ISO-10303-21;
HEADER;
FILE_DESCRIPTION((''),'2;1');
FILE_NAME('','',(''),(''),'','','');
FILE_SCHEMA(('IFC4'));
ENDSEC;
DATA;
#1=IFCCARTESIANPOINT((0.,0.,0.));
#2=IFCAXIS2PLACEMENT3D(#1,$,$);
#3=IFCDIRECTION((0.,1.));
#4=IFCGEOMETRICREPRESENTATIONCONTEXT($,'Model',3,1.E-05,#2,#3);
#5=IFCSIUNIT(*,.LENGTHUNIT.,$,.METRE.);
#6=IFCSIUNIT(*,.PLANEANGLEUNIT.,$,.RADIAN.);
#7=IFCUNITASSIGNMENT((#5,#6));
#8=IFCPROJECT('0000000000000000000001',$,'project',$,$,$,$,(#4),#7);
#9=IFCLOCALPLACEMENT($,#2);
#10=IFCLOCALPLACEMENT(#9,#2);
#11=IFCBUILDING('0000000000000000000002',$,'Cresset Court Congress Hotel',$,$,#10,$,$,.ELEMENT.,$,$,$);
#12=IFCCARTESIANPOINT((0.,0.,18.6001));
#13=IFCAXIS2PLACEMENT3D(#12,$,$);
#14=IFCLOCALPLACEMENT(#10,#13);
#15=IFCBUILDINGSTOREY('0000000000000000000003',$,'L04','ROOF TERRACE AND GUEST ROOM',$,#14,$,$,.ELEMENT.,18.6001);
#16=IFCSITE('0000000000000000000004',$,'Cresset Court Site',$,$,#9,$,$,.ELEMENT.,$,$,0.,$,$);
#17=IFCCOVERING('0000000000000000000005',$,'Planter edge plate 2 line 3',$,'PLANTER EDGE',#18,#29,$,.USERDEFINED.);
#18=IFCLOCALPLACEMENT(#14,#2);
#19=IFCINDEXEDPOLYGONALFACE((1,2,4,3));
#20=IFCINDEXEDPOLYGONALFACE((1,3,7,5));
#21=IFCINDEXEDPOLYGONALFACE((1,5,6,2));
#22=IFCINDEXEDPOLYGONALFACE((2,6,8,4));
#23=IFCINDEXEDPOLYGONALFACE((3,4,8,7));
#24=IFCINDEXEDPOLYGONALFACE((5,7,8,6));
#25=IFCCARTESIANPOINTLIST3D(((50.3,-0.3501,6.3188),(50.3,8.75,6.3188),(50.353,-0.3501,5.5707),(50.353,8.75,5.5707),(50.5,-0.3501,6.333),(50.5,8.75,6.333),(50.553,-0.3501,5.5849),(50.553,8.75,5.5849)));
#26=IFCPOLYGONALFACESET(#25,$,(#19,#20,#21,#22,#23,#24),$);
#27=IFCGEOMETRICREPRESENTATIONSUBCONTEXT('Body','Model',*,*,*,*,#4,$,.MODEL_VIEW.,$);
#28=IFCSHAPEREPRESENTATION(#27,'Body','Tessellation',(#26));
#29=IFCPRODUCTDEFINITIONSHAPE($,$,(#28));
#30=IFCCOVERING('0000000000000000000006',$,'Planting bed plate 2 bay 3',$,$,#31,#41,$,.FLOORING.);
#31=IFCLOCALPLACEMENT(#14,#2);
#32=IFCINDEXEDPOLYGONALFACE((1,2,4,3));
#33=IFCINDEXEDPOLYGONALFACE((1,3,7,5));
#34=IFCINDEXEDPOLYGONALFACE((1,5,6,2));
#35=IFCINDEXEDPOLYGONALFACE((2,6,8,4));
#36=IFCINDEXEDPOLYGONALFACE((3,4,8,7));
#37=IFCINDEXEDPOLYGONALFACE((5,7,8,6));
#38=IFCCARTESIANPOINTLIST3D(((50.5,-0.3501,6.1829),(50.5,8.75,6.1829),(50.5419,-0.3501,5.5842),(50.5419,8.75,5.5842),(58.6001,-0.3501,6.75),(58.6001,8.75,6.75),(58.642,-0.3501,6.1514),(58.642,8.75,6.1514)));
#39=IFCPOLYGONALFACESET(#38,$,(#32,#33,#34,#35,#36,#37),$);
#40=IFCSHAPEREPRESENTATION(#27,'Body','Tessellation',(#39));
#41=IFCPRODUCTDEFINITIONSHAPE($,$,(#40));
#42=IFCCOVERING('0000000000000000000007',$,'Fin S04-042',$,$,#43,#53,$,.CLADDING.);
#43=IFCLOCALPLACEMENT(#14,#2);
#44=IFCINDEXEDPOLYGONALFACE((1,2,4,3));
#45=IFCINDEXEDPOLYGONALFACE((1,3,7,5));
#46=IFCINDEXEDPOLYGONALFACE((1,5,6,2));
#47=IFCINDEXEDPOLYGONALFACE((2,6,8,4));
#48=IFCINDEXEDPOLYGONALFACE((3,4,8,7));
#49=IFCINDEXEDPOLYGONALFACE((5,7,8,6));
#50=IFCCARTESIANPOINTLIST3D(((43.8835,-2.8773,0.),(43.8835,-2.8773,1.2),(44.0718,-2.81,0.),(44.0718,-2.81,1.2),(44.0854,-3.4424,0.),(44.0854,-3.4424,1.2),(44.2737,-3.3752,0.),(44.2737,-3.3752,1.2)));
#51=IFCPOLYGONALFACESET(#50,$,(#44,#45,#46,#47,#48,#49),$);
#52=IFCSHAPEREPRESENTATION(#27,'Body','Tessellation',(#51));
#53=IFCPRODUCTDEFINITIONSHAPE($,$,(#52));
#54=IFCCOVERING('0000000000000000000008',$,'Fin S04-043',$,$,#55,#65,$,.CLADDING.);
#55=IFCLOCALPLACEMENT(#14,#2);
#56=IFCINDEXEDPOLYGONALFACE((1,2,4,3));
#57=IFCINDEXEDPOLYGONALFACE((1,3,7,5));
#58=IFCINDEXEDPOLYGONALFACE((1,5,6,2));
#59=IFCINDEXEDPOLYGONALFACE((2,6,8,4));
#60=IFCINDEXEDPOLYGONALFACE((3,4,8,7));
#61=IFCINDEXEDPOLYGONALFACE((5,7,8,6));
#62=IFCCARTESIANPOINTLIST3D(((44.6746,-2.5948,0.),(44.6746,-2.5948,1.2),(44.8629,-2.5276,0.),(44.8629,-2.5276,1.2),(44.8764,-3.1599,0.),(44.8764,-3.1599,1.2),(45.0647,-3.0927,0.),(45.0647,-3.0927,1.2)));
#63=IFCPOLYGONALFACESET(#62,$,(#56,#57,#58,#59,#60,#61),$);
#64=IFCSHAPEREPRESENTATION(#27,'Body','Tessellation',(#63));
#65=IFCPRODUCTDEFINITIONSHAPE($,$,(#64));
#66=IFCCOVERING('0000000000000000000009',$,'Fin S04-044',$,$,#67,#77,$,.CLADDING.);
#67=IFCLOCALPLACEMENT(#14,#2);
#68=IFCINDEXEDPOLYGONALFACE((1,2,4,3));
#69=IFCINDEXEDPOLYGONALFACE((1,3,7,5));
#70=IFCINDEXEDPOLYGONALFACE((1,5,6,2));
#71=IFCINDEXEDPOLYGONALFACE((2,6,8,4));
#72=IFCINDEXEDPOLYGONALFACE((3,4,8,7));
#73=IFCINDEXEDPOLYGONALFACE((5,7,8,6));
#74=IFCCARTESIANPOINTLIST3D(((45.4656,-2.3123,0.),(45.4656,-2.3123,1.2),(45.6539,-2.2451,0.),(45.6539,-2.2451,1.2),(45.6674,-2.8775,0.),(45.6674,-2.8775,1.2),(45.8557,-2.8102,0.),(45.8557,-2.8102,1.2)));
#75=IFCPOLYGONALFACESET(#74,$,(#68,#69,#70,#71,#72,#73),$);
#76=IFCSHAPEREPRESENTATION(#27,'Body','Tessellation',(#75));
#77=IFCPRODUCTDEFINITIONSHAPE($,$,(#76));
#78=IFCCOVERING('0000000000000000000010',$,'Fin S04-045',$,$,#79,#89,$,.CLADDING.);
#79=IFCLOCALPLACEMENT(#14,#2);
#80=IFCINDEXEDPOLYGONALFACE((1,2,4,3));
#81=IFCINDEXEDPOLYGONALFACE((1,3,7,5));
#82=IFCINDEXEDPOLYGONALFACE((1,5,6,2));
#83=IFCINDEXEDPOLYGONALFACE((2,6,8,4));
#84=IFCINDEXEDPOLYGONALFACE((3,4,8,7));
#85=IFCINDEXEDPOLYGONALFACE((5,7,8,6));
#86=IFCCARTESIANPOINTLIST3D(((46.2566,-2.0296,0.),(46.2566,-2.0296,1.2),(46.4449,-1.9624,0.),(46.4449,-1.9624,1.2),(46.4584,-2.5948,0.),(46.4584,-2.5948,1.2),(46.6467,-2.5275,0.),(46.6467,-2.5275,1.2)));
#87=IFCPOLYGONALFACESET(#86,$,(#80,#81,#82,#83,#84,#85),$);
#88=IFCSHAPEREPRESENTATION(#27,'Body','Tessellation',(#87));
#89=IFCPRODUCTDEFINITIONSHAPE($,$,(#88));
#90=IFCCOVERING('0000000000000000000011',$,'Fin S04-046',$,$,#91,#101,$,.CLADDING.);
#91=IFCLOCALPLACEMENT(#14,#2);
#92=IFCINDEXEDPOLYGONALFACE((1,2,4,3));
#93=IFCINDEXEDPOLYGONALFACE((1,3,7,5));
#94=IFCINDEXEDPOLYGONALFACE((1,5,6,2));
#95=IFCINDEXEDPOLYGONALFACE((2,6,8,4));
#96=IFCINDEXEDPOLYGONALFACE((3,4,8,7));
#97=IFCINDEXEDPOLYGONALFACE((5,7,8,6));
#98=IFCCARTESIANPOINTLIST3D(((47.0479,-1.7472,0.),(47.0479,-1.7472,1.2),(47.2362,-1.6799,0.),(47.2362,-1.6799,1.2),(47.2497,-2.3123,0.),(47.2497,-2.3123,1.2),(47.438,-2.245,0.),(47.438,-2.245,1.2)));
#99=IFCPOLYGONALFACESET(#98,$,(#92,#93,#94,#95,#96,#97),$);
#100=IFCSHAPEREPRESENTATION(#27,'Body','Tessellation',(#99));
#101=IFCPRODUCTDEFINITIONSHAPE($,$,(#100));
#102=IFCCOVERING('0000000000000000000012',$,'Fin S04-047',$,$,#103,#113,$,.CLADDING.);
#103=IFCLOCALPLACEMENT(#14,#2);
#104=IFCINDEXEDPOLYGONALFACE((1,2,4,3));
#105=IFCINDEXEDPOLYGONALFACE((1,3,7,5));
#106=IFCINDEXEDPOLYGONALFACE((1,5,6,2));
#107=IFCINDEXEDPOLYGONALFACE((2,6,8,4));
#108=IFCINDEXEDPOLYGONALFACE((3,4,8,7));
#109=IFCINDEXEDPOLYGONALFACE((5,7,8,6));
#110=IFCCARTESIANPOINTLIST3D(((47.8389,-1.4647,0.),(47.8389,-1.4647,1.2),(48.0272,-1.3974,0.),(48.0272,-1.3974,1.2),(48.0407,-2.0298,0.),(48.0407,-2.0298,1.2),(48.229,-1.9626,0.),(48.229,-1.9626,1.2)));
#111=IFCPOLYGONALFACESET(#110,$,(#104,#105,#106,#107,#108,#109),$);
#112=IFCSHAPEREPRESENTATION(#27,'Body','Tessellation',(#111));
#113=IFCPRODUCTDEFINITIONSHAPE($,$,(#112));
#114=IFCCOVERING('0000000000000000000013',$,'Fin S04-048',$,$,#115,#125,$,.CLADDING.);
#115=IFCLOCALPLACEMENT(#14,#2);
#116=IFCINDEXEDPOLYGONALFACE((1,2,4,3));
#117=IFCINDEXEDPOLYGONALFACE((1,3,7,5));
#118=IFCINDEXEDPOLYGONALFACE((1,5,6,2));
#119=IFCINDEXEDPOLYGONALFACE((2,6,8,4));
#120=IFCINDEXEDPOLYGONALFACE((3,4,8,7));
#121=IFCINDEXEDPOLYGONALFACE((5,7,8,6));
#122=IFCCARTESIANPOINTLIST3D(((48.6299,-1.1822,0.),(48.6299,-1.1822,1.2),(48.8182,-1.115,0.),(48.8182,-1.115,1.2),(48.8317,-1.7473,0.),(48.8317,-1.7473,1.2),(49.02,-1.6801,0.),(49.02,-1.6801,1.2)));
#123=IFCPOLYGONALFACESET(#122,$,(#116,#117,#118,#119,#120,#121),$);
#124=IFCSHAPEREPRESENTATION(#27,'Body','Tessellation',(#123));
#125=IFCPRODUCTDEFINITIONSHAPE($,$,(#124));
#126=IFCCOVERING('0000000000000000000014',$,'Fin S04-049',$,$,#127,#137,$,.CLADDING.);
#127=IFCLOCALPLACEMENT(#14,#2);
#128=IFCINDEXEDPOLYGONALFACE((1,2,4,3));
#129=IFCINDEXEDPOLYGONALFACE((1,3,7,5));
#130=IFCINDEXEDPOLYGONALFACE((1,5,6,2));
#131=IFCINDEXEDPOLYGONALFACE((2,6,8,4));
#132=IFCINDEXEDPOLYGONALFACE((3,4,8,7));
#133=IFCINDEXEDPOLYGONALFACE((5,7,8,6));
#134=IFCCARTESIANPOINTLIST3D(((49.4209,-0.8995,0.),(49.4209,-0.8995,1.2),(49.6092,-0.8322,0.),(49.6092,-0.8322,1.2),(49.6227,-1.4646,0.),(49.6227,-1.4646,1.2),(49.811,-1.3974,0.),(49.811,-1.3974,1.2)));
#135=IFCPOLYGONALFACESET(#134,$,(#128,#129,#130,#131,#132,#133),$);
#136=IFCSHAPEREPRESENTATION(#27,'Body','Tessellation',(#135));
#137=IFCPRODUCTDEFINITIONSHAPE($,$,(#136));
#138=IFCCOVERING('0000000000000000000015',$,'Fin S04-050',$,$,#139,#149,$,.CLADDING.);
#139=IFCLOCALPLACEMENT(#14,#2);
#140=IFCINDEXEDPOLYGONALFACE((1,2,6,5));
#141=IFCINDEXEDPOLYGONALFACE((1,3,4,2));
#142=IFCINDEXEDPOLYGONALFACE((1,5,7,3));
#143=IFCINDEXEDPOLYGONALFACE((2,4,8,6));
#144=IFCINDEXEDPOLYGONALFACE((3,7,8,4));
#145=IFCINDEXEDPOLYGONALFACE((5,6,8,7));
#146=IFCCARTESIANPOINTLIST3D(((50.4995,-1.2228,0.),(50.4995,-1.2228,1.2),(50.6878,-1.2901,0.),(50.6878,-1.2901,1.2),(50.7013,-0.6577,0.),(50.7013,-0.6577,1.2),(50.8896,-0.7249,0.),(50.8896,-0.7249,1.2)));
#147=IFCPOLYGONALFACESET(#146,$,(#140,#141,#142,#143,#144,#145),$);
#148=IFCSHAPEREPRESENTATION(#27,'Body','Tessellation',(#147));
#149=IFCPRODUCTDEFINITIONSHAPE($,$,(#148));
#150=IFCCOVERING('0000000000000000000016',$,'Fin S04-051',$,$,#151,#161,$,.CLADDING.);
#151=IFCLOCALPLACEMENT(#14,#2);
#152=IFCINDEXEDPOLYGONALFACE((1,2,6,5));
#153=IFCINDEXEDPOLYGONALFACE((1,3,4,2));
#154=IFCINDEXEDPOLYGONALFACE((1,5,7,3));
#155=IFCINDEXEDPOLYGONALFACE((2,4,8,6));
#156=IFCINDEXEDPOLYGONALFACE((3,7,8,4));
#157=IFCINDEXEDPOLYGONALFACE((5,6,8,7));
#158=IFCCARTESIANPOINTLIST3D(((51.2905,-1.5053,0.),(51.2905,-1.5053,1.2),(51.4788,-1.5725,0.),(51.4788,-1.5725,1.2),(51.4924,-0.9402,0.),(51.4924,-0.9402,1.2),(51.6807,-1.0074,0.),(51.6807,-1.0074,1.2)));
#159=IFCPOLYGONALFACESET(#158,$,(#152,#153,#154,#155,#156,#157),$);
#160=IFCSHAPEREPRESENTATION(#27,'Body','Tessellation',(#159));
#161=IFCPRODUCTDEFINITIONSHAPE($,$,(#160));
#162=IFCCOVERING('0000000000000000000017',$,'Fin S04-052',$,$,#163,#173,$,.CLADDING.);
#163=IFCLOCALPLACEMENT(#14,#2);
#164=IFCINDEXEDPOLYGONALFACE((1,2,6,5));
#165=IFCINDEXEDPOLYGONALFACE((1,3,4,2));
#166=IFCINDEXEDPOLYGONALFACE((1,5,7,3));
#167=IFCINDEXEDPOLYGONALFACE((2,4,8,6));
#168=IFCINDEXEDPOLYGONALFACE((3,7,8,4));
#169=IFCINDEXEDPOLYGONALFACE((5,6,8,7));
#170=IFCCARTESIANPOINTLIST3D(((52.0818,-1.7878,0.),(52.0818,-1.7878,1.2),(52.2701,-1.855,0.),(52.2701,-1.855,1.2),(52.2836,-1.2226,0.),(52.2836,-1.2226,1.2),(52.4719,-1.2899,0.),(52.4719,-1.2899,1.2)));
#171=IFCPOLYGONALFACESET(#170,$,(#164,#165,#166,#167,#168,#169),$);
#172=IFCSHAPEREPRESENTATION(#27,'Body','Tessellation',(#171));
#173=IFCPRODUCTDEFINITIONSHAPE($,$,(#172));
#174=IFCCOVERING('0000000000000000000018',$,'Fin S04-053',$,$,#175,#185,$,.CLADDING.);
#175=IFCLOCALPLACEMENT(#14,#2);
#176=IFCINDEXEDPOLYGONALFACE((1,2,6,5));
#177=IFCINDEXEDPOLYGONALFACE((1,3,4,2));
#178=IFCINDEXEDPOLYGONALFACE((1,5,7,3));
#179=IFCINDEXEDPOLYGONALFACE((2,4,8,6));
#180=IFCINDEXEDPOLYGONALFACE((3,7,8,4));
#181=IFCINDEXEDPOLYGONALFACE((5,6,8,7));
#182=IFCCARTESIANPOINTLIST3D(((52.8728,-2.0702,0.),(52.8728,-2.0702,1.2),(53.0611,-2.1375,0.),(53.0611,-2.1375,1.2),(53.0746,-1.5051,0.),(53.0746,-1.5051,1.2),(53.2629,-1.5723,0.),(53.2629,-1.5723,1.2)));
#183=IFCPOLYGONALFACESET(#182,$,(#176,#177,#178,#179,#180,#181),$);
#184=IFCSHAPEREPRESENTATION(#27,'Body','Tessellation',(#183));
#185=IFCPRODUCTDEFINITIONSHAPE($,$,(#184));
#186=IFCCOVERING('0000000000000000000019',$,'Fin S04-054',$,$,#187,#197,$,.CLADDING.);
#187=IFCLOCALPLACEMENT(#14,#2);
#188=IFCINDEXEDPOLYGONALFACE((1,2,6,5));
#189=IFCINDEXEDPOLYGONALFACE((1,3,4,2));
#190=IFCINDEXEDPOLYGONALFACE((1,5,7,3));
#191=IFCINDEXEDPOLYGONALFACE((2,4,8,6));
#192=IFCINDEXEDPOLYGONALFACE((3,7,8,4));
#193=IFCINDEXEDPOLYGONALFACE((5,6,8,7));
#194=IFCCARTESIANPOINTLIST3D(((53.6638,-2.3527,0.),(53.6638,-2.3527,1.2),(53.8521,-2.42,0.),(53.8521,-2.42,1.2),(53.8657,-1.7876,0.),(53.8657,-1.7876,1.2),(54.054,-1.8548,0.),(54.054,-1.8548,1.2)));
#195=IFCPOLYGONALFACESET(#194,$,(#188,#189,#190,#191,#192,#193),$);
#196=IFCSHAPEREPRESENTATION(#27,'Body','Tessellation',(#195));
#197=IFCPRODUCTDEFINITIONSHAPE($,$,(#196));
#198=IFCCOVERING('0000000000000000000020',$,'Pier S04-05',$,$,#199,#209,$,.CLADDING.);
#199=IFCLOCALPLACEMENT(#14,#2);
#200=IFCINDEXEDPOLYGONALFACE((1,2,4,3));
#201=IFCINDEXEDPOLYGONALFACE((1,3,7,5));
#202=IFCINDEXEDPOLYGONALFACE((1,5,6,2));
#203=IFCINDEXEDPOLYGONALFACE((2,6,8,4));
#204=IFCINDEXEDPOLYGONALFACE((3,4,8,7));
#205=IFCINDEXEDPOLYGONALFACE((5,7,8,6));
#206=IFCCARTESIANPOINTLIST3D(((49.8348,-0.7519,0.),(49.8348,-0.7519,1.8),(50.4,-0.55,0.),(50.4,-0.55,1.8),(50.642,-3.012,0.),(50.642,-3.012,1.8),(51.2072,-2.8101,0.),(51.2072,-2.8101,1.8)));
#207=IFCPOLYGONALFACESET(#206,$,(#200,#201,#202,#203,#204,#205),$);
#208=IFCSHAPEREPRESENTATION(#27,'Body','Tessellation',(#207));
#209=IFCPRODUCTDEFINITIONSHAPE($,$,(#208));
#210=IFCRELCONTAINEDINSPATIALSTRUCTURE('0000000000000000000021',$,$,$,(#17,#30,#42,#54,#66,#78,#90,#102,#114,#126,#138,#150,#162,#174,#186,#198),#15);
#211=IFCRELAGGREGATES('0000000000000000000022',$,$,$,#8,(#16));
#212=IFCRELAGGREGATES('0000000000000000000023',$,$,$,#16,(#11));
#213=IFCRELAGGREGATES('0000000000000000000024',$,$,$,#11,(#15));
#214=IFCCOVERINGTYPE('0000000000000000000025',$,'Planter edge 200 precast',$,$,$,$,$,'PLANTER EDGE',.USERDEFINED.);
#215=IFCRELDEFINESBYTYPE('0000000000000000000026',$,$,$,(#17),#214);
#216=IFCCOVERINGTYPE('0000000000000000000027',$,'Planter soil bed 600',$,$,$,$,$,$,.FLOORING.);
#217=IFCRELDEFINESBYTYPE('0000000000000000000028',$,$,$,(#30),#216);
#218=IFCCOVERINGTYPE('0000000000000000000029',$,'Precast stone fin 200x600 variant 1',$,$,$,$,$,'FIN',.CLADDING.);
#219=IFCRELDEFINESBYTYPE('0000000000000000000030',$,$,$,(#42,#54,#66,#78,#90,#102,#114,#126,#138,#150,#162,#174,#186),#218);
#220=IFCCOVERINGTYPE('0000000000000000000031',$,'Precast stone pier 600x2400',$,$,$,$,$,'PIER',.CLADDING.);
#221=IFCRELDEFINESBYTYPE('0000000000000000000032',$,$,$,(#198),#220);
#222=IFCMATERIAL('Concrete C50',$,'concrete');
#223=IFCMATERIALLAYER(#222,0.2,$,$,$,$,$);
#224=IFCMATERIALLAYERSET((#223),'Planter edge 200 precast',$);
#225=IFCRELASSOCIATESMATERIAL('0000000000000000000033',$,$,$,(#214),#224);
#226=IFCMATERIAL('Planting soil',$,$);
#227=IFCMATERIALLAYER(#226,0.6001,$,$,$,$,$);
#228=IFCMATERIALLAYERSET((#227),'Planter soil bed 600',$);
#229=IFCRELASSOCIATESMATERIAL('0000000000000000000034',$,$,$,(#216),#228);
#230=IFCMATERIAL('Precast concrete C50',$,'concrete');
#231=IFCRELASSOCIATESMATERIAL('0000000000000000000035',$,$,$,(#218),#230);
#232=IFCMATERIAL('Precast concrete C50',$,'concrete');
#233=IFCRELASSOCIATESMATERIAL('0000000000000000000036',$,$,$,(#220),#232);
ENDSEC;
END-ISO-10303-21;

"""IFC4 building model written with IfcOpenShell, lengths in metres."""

from ifc_helpers import new_model, si_unit, direction, frame, origin, origin_2d, place, context, subcontext, project, spatial, polyline, rectangle, outline, extrude, material, layer, layer_set, type_object, element, save


model = new_model("IFC4")

# Units and contexts
model_context = context("Model", 3, precision=1e-05, world=origin(), true_north=direction((0.0, 1.0)))
body_context = subcontext(model_context, "Body", "Model", "MODEL_VIEW")
ifc_project = project(units=[si_unit("LENGTHUNIT", "METRE"), si_unit("PLANEANGLEUNIT", "RADIAN")], contexts=[model_context])

# Site, building, storey
site_placement = place(None, origin())
site = spatial("IfcSite", under=ifc_project, at=site_placement, Name="Cresset Court Site", CompositionType="ELEMENT", RefElevation=0.0)
building_placement = place(site_placement, origin())
building = spatial("IfcBuilding", under=site, at=building_placement, Name="Cresset Court Congress Hotel", CompositionType="ELEMENT")
storey_placement = place(building_placement, frame((0.0, 0.0, 18.6001)))
storey = spatial("IfcBuildingStorey", under=building, at=storey_placement, Name="L04", Description="ROOF TERRACE AND GUEST ROOM", CompositionType="ELEMENT", Elevation=18.6001)

# Coverings
ifc_material_1 = material(Name="Concrete C50", Category="concrete")
ifc_layer_1 = layer(ifc_material_1, 0.2)
ifc_layer_set_1 = layer_set([ifc_layer_1], Name="Planter edge 200 precast")
covering_type_1 = type_object("IfcCoveringType", Name="Planter edge 200 precast", ElementType="PLANTER EDGE", PredefinedType="USERDEFINED", material=ifc_layer_set_1)
covering_1_placement = place(storey_placement, frame((50.3, -0.3501, 6.3188), z_axis=(-0.070641, 0.0, 0.997502), x_axis=(0.997502, 0.0, 0.070641)))
element("IfcCovering", 1, at=covering_1_placement, inside=storey, type_object=covering_type_1, Name="Planter edge plate 2 line 3", ObjectType="PLANTER EDGE", PredefinedType="USERDEFINED", context=body_context, shape_type="SweptSolid", body=[
    extrude(outline(polyline([(0.0, 0.0), (0.2005, 0.0), (0.2005, 9.1001), (0.0, 9.1001), (0.0, 0.0)])), origin(), (0.0, 0.0, -1.0), 0.75),
])
ifc_material_2 = material(Name="Planting soil")
ifc_layer_2 = layer(ifc_material_2, 0.6001)
ifc_layer_set_2 = layer_set([ifc_layer_2], Name="Planter soil bed 600")
covering_type_2 = type_object("IfcCoveringType", Name="Planter soil bed 600", PredefinedType="FLOORING", material=ifc_layer_set_2)
covering_2_placement = place(storey_placement, frame((50.5, -0.3501, 6.1829), z_axis=(-0.069845, 0.0, 0.997558), x_axis=(0.997558, 0.0, 0.069845)))
element("IfcCovering", 2, at=covering_2_placement, inside=storey, type_object=covering_type_2, Name="Planting bed plate 2 bay 3", PredefinedType="FLOORING", context=body_context, shape_type="SweptSolid", body=[
    extrude(outline(polyline([(0.0, 0.0), (8.1199, 0.0), (8.1199, 9.1001), (0.0, 9.1001), (0.0, 0.0)])), origin(), (0.0, 0.0, -1.0), 0.6001),
])
ifc_material_3 = material(Name="Precast concrete C50", Category="concrete")
covering_type_3 = type_object("IfcCoveringType", Name="Precast stone fin 200x600 variant 1", ElementType="FIN", PredefinedType="CLADDING", material=ifc_material_3)
for number, where, z_axis, x_axis, name in (
    (3, (44.0786, -3.1262, 0.0), (0.0, 0.0, 1.0), (0.941742, 0.336336, 0.0), "Fin S04-042"),
    (4, (44.8696, -2.8438, 0.0), (0.0, 0.0, 1.0), (0.941742, 0.336336, 0.0), "Fin S04-043"),
    (5, (45.6606, -2.5613, 0.0), (0.0, 0.0, 1.0), (0.941742, 0.336336, 0.0), "Fin S04-044"),
    (6, (46.4517, -2.2786, 0.0), (0.0, 0.0, 1.0), (0.941742, 0.336336, 0.0), "Fin S04-045"),
    (7, (47.2429, -1.9961, 0.0), (0.0, 0.0, 1.0), (0.941742, 0.336336, 0.0), "Fin S04-046"),
    (8, (48.0339, -1.7136, 0.0), (0.0, 0.0, 1.0), (0.941742, 0.336336, 0.0), "Fin S04-047"),
    (9, (48.825, -1.4312, 0.0), (0.0, 0.0, 1.0), (0.941742, 0.336336, 0.0), "Fin S04-048"),
    (10, (49.616, -1.1484, 0.0), (0.0, 0.0, 1.0), (0.941742, 0.336336, 0.0), "Fin S04-049"),
    (11, (50.6946, -0.9739, 0.0), (0.0, 0.0, 1.0), (0.941742, -0.336336, 0.0), "Fin S04-050"),
    (12, (51.4856, -1.2563, 0.0), (0.0, 0.0, 1.0), (0.941742, -0.336336, 0.0), "Fin S04-051"),
    (13, (52.2769, -1.5388, 0.0), (0.0, 0.0, 1.0), (0.941742, -0.336336, 0.0), "Fin S04-052"),
    (14, (53.0679, -1.8213, 0.0), (0.0, 0.0, 1.0), (0.941742, -0.336336, 0.0), "Fin S04-053"),
    (15, (53.8589, -2.1038, 0.0), (0.0, 0.0, 1.0), (0.941742, -0.336336, 0.0), "Fin S04-054"),
):
    element("IfcCovering", number, at=place(storey_placement, frame(where, z_axis=z_axis, x_axis=x_axis)), inside=storey, type_object=covering_type_3, Name=name, PredefinedType="CLADDING", context=body_context, shape_type="SweptSolid", body=[
        extrude(rectangle(XDim=0.2, YDim=0.6001, at=origin_2d()), origin(), (0.0, 0.0, 1.0), 1.2),
    ])
ifc_material_4 = material(Name="Precast concrete C50", Category="concrete")
covering_type_4 = type_object("IfcCoveringType", Name="Precast stone pier 600x2400", ElementType="PIER", PredefinedType="CLADDING", material=ifc_material_4)
covering_3_placement = place(storey_placement, frame((50.521, -1.781, 0.0), z_axis=(0.0, 0.0, 1.0), x_axis=(0.941742, 0.336336, 0.0)))
element("IfcCovering", 16, at=covering_3_placement, inside=storey, type_object=covering_type_4, Name="Pier S04-05", PredefinedType="CLADDING", context=body_context, shape_type="SweptSolid", body=[
    extrude(rectangle(XDim=0.6001, YDim=2.3999, at=origin_2d()), origin(), (0.0, 0.0, 1.0), 1.8),
])

save(model, "model.ifc")
